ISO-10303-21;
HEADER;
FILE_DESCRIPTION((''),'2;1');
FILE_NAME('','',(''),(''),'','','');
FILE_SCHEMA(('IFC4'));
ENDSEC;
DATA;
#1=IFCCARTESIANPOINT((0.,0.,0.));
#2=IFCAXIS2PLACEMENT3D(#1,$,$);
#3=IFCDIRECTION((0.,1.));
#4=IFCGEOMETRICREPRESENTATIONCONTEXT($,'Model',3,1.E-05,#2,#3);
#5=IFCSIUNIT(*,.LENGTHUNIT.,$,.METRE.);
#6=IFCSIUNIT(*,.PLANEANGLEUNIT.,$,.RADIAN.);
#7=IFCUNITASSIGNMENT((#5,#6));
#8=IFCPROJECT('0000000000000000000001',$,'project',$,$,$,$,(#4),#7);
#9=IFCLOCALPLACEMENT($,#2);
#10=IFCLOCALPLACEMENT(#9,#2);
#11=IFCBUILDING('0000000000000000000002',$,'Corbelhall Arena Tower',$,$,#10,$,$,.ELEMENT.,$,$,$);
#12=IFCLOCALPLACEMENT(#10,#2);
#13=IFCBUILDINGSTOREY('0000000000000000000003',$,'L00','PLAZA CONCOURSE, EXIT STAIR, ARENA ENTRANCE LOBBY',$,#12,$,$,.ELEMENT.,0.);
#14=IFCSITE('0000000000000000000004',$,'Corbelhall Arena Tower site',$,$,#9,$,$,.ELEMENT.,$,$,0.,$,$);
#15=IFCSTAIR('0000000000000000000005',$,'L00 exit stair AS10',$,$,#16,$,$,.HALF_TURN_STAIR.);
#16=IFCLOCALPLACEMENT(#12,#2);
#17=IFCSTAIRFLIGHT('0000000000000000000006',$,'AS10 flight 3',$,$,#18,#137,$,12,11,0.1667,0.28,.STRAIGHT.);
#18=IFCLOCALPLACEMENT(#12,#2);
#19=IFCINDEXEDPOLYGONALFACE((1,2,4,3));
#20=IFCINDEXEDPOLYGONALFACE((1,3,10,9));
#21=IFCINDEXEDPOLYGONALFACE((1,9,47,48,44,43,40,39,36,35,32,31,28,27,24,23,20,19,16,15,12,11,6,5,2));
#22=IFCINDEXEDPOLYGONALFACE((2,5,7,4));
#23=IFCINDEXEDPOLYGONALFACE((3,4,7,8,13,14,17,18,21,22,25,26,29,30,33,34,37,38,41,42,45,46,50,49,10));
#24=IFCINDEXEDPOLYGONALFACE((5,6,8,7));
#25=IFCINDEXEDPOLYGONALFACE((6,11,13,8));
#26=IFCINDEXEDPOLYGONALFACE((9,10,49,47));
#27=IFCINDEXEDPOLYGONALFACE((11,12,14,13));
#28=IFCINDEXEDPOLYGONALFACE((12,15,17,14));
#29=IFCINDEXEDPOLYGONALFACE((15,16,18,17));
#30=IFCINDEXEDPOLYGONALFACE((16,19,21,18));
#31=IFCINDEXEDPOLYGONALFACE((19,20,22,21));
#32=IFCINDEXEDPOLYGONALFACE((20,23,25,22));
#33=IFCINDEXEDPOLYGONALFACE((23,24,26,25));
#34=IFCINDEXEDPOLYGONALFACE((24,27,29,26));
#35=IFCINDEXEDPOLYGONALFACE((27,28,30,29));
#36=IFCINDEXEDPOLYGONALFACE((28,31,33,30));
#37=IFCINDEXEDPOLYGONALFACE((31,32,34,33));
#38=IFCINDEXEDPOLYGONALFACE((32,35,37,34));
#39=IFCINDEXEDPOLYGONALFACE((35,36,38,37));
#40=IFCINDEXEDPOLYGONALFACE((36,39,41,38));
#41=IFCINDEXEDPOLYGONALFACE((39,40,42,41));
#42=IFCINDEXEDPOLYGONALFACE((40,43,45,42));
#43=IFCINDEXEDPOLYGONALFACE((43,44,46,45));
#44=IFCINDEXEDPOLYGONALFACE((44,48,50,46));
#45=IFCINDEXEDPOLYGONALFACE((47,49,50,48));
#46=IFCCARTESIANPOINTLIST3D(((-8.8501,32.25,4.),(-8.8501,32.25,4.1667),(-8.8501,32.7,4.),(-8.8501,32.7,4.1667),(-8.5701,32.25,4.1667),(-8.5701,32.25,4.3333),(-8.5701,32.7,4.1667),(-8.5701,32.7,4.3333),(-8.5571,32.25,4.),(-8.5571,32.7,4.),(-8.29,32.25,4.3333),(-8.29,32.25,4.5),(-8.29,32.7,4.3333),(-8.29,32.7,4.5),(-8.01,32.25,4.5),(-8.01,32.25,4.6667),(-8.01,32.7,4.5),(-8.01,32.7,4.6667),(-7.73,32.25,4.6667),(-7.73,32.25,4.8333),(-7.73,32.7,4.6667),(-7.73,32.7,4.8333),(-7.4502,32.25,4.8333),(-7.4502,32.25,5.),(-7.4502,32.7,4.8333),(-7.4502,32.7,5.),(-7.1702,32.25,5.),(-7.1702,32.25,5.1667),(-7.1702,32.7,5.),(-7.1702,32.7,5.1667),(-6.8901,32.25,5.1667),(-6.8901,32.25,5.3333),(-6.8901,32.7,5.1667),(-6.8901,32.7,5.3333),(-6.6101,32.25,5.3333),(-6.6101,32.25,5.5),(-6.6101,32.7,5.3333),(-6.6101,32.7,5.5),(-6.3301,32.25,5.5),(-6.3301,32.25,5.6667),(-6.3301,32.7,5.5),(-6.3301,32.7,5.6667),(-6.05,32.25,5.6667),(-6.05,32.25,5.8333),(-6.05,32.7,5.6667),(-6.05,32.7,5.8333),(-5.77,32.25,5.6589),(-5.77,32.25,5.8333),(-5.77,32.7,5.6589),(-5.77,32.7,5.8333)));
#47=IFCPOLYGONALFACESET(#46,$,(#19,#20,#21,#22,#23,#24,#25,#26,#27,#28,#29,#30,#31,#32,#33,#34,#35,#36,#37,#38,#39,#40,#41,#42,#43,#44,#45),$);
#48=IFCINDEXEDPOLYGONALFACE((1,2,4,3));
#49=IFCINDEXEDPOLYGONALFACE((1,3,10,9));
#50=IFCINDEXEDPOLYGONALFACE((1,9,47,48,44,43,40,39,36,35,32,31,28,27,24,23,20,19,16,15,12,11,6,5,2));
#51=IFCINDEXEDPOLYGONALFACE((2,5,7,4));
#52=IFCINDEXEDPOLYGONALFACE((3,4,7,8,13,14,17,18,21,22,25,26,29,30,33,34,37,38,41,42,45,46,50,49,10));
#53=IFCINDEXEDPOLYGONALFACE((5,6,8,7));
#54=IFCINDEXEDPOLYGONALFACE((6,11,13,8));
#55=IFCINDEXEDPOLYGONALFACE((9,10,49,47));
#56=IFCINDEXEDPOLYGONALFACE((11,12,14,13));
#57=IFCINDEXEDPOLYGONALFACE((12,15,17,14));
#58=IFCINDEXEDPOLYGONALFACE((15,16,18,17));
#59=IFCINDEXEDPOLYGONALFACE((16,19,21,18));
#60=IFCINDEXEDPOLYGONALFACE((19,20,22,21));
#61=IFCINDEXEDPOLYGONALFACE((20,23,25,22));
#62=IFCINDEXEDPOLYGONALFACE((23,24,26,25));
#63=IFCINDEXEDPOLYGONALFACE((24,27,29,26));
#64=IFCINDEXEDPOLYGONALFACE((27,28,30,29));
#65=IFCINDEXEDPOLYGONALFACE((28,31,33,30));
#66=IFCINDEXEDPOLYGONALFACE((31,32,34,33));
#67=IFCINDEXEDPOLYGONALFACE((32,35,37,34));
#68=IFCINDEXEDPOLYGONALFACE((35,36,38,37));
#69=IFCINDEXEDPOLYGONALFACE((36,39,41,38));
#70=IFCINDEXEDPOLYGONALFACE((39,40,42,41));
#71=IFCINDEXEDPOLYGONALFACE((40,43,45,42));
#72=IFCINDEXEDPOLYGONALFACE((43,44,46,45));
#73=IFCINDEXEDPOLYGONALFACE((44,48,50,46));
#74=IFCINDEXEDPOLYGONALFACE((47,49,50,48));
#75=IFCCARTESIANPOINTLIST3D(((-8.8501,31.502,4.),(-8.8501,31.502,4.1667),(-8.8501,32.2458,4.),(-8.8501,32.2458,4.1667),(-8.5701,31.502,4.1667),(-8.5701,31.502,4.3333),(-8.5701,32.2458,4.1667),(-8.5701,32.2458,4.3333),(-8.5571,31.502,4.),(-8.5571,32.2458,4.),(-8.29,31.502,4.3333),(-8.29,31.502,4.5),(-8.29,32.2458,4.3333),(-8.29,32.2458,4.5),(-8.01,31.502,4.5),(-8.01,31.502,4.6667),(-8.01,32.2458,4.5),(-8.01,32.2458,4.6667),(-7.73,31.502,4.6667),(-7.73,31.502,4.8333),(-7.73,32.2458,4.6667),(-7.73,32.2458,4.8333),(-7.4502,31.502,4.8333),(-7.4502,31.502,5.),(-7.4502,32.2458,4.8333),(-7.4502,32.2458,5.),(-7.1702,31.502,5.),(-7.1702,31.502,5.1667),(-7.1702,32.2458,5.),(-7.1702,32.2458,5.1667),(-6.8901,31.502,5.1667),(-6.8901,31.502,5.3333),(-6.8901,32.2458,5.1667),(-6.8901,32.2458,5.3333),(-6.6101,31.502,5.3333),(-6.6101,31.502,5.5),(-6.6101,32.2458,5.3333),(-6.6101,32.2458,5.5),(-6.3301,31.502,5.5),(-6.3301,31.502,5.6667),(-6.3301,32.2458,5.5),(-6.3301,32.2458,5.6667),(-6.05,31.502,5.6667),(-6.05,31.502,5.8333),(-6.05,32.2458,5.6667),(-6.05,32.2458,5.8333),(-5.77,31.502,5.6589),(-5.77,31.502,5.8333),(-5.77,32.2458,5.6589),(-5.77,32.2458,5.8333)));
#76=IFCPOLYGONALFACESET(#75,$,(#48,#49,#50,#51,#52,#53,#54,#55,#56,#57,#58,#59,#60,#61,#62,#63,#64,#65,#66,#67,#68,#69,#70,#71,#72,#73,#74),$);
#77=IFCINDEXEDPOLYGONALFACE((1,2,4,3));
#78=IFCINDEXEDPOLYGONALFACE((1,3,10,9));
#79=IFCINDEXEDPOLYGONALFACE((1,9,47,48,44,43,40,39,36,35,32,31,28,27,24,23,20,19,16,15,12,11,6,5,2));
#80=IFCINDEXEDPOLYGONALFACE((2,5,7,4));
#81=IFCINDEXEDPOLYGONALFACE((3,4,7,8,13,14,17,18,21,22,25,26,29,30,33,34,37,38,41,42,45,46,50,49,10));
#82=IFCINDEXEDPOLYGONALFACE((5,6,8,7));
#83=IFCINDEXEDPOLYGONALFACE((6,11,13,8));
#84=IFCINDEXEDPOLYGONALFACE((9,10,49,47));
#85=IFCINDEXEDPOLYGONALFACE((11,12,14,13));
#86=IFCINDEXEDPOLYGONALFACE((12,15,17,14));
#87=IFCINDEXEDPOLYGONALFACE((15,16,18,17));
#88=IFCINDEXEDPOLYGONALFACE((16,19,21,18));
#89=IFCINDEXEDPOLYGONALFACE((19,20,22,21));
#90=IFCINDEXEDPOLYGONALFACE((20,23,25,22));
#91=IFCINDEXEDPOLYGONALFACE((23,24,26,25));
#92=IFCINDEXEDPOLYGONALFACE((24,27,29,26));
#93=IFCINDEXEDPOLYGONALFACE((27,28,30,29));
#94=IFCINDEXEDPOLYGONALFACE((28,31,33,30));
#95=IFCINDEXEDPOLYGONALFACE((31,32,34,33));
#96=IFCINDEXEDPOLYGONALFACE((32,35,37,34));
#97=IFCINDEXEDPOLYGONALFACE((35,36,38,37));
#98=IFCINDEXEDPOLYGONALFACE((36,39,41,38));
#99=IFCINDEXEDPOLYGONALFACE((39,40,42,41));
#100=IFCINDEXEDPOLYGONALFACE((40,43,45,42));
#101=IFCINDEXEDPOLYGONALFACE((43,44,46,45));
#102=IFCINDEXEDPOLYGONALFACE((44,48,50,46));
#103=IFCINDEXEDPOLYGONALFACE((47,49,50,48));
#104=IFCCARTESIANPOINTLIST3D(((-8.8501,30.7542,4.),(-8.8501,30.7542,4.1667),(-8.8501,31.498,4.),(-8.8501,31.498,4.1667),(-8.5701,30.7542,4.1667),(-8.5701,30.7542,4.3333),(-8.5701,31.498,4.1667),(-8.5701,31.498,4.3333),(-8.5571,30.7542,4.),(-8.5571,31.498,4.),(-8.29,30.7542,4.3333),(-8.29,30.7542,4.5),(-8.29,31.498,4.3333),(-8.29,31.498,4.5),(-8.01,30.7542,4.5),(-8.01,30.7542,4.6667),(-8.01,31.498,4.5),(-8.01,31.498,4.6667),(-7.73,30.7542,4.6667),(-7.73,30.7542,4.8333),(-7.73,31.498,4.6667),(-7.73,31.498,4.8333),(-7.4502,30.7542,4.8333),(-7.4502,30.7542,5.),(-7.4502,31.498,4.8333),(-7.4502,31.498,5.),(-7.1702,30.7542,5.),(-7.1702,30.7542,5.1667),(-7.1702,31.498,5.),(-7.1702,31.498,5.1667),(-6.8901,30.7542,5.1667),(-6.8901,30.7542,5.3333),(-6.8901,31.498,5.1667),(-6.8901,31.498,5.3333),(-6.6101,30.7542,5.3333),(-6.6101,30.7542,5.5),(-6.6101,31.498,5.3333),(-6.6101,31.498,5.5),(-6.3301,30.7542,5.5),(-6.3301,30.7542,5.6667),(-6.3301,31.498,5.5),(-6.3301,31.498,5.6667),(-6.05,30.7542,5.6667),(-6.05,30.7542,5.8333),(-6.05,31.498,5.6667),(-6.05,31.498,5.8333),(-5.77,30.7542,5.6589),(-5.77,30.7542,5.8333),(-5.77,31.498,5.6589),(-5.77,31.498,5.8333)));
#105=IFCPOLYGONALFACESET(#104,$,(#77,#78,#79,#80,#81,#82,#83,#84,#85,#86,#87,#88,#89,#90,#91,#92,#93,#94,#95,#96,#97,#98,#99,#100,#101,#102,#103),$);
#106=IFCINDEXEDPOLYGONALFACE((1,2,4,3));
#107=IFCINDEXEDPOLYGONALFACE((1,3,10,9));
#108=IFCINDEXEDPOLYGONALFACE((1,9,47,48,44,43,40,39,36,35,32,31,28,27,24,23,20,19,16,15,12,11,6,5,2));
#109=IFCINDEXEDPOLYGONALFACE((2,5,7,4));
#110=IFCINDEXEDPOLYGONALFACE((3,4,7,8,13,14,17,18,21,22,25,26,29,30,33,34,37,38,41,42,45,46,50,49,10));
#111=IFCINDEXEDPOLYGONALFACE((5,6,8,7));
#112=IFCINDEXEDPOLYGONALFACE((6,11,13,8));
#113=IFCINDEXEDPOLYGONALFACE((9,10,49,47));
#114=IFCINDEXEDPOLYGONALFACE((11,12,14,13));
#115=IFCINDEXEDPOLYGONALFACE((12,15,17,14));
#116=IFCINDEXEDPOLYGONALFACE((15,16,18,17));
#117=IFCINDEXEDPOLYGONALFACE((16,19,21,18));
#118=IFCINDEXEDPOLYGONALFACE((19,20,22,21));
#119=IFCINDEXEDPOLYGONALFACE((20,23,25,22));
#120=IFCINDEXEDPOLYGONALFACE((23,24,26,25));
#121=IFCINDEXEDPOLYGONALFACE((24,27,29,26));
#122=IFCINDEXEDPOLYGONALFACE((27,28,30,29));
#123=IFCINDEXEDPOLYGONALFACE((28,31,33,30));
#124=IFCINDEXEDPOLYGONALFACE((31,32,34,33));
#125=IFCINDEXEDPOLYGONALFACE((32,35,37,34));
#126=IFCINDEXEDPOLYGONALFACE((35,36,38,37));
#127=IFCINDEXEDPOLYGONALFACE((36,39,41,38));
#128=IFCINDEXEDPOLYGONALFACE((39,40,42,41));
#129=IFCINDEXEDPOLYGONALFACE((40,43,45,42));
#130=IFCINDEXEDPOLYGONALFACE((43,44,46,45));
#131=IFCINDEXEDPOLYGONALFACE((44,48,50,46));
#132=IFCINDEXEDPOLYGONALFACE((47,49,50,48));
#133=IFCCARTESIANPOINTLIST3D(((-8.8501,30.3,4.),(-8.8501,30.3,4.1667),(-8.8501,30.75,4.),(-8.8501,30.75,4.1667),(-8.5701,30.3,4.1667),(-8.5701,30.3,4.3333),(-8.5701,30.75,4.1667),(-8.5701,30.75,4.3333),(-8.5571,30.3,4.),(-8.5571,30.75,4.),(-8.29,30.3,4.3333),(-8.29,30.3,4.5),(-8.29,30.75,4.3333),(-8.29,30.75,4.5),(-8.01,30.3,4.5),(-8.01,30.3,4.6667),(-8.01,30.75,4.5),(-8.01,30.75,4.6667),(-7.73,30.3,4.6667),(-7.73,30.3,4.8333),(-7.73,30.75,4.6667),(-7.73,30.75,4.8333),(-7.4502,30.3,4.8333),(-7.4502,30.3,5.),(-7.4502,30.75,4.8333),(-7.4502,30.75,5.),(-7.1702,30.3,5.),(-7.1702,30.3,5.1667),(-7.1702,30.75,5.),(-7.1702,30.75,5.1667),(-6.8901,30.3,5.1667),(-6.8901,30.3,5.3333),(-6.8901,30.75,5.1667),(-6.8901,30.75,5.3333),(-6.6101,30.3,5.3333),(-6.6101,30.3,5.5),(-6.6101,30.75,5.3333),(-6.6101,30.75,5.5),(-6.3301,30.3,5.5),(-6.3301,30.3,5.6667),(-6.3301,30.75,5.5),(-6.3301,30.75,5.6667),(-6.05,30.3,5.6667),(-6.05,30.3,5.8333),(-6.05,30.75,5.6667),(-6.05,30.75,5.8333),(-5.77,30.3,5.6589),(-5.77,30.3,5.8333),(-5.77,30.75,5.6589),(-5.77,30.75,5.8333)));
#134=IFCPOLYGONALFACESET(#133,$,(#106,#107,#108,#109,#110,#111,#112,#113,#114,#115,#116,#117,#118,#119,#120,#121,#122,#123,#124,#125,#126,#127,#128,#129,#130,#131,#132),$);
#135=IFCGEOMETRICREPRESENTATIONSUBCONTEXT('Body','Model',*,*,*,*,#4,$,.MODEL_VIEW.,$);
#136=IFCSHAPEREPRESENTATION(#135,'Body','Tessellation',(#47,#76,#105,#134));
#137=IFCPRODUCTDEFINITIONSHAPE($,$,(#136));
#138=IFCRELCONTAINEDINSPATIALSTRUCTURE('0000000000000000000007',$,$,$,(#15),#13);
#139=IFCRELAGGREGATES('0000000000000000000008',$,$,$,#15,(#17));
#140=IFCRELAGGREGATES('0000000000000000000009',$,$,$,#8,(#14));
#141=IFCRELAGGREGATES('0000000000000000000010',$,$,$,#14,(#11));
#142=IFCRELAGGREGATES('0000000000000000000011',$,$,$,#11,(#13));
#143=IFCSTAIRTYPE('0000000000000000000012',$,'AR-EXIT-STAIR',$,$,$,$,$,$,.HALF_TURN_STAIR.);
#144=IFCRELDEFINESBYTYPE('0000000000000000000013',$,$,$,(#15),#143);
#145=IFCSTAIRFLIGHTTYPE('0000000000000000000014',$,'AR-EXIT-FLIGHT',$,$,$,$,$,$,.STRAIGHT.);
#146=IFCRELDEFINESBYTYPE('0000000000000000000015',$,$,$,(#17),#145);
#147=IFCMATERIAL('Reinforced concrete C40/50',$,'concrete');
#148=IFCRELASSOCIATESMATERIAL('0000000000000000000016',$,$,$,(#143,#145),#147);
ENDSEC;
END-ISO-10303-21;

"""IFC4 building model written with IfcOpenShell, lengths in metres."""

from ifc_helpers import new_model, si_unit, direction, frame, origin, place, context, subcontext, project, spatial, polyline, outline, extrude, material, type_object, element, aggregate, save


model = new_model("IFC4")

# Units and contexts
model_context = context("Model", 3, precision=1e-05, world=origin(), true_north=direction((0.0, 1.0)))
body_context = subcontext(model_context, "Body", "Model", "MODEL_VIEW")
ifc_project = project(units=[si_unit("LENGTHUNIT", "METRE"), si_unit("PLANEANGLEUNIT", "RADIAN")], contexts=[model_context])

# Site, building, storey
site_placement = place(None, origin())
site = spatial("IfcSite", under=ifc_project, at=site_placement, Name="Corbelhall Arena Tower site", CompositionType="ELEMENT", RefElevation=0.0)
building_placement = place(site_placement, origin())
building = spatial("IfcBuilding", under=site, at=building_placement, Name="Corbelhall Arena Tower", CompositionType="ELEMENT")
storey_placement = place(building_placement, origin())
storey = spatial("IfcBuildingStorey", under=building, at=storey_placement, Name="L00", Description="PLAZA CONCOURSE, EXIT STAIR, ARENA ENTRANCE LOBBY", CompositionType="ELEMENT", Elevation=0.0)

# Shared definitions
ifc_material_1 = material(Name="Reinforced concrete C40/50", Category="concrete")

# Stair, stair flight
stair_type = type_object("IfcStairType", Name="AR-EXIT-STAIR", PredefinedType="HALF_TURN_STAIR", material=ifc_material_1)
stair_placement = place(storey_placement, origin())
stair = element("IfcStair", 1, at=stair_placement, inside=storey, type_object=stair_type, Name="L00 exit stair AS10", PredefinedType="HALF_TURN_STAIR")
stair_flight_type = type_object("IfcStairFlightType", Name="AR-EXIT-FLIGHT", PredefinedType="STRAIGHT", material=ifc_material_1)
stair_flight_1_placement = place(storey_placement, frame((-8.8501, 31.5, 4.0), z_axis=(0.0, 0.0, 1.0), x_axis=(1.0, 0.0, 0.0)))
stair_flight_1 = element("IfcStairFlight", 2, at=stair_flight_1_placement, type_object=stair_flight_type, Name="AS10 flight 3", NumberOfRisers=12, NumberOfTreads=11, PredefinedType="STRAIGHT", RiserHeight=0.1667, TreadLength=0.28, context=body_context, shape_type="SweptSolid", body=[
    extrude(outline(polyline([(0.0, 0.0), (0.0, 0.1667), (0.28, 0.1667), (0.28, 0.3333), (0.5601, 0.3333), (0.5601, 0.5), (0.8401, 0.5), (0.8401, 0.6667), (1.1201, 0.6667), (1.1201, 0.8333), (1.3999, 0.8333), (1.3999, 1.0), (1.6799, 1.0), (1.6799, 1.1667), (1.96, 1.1667), (1.96, 1.3333), (2.24, 1.3333), (2.24, 1.5), (2.52, 1.5), (2.52, 1.6667), (2.8, 1.6667), (2.8, 1.8333), (3.0801, 1.8333), (3.0801, 2.0), (3.0801, 1.6589), (0.293, 0.0), (0.0, 0.0)])), frame((0.0, 1.2, 0.0), z_axis=(0.0, -1.0, 0.0), x_axis=(1.0, 0.0, 0.0)), (0.0, 0.0, 1.0), 0.45),
    extrude(outline(polyline([(0.0, 0.0), (0.0, 0.1667), (0.28, 0.1667), (0.28, 0.3333), (0.5601, 0.3333), (0.5601, 0.5), (0.8401, 0.5), (0.8401, 0.6667), (1.1201, 0.6667), (1.1201, 0.8333), (1.3999, 0.8333), (1.3999, 1.0), (1.6799, 1.0), (1.6799, 1.1667), (1.96, 1.1667), (1.96, 1.3333), (2.24, 1.3333), (2.24, 1.5), (2.52, 1.5), (2.52, 1.6667), (2.8, 1.6667), (2.8, 1.8333), (3.0801, 1.8333), (3.0801, 2.0), (3.0801, 1.6589), (0.293, 0.0), (0.0, 0.0)])), frame((0.0, 0.7458, 0.0), z_axis=(0.0, -1.0, 0.0), x_axis=(1.0, 0.0, 0.0)), (0.0, 0.0, 1.0), 0.7439),
    extrude(outline(polyline([(0.0, 0.0), (0.0, 0.1667), (0.28, 0.1667), (0.28, 0.3333), (0.5601, 0.3333), (0.5601, 0.5), (0.8401, 0.5), (0.8401, 0.6667), (1.1201, 0.6667), (1.1201, 0.8333), (1.3999, 0.8333), (1.3999, 1.0), (1.6799, 1.0), (1.6799, 1.1667), (1.96, 1.1667), (1.96, 1.3333), (2.24, 1.3333), (2.24, 1.5), (2.52, 1.5), (2.52, 1.6667), (2.8, 1.6667), (2.8, 1.8333), (3.0801, 1.8333), (3.0801, 2.0), (3.0801, 1.6589), (0.293, 0.0), (0.0, 0.0)])), frame((0.0, -0.002, 0.0), z_axis=(0.0, -1.0, 0.0), x_axis=(1.0, 0.0, 0.0)), (0.0, 0.0, 1.0), 0.7439),
    extrude(outline(polyline([(0.0, 0.0), (0.0, 0.1667), (0.28, 0.1667), (0.28, 0.3333), (0.5601, 0.3333), (0.5601, 0.5), (0.8401, 0.5), (0.8401, 0.6667), (1.1201, 0.6667), (1.1201, 0.8333), (1.3999, 0.8333), (1.3999, 1.0), (1.6799, 1.0), (1.6799, 1.1667), (1.96, 1.1667), (1.96, 1.3333), (2.24, 1.3333), (2.24, 1.5), (2.52, 1.5), (2.52, 1.6667), (2.8, 1.6667), (2.8, 1.8333), (3.0801, 1.8333), (3.0801, 2.0), (3.0801, 1.6589), (0.293, 0.0), (0.0, 0.0)])), frame((0.0, -0.75, 0.0), z_axis=(0.0, -1.0, 0.0), x_axis=(1.0, 0.0, 0.0)), (0.0, 0.0, 1.0), 0.45),
])
aggregate(stair, [stair_flight_1])

save(model, "model.ifc")
